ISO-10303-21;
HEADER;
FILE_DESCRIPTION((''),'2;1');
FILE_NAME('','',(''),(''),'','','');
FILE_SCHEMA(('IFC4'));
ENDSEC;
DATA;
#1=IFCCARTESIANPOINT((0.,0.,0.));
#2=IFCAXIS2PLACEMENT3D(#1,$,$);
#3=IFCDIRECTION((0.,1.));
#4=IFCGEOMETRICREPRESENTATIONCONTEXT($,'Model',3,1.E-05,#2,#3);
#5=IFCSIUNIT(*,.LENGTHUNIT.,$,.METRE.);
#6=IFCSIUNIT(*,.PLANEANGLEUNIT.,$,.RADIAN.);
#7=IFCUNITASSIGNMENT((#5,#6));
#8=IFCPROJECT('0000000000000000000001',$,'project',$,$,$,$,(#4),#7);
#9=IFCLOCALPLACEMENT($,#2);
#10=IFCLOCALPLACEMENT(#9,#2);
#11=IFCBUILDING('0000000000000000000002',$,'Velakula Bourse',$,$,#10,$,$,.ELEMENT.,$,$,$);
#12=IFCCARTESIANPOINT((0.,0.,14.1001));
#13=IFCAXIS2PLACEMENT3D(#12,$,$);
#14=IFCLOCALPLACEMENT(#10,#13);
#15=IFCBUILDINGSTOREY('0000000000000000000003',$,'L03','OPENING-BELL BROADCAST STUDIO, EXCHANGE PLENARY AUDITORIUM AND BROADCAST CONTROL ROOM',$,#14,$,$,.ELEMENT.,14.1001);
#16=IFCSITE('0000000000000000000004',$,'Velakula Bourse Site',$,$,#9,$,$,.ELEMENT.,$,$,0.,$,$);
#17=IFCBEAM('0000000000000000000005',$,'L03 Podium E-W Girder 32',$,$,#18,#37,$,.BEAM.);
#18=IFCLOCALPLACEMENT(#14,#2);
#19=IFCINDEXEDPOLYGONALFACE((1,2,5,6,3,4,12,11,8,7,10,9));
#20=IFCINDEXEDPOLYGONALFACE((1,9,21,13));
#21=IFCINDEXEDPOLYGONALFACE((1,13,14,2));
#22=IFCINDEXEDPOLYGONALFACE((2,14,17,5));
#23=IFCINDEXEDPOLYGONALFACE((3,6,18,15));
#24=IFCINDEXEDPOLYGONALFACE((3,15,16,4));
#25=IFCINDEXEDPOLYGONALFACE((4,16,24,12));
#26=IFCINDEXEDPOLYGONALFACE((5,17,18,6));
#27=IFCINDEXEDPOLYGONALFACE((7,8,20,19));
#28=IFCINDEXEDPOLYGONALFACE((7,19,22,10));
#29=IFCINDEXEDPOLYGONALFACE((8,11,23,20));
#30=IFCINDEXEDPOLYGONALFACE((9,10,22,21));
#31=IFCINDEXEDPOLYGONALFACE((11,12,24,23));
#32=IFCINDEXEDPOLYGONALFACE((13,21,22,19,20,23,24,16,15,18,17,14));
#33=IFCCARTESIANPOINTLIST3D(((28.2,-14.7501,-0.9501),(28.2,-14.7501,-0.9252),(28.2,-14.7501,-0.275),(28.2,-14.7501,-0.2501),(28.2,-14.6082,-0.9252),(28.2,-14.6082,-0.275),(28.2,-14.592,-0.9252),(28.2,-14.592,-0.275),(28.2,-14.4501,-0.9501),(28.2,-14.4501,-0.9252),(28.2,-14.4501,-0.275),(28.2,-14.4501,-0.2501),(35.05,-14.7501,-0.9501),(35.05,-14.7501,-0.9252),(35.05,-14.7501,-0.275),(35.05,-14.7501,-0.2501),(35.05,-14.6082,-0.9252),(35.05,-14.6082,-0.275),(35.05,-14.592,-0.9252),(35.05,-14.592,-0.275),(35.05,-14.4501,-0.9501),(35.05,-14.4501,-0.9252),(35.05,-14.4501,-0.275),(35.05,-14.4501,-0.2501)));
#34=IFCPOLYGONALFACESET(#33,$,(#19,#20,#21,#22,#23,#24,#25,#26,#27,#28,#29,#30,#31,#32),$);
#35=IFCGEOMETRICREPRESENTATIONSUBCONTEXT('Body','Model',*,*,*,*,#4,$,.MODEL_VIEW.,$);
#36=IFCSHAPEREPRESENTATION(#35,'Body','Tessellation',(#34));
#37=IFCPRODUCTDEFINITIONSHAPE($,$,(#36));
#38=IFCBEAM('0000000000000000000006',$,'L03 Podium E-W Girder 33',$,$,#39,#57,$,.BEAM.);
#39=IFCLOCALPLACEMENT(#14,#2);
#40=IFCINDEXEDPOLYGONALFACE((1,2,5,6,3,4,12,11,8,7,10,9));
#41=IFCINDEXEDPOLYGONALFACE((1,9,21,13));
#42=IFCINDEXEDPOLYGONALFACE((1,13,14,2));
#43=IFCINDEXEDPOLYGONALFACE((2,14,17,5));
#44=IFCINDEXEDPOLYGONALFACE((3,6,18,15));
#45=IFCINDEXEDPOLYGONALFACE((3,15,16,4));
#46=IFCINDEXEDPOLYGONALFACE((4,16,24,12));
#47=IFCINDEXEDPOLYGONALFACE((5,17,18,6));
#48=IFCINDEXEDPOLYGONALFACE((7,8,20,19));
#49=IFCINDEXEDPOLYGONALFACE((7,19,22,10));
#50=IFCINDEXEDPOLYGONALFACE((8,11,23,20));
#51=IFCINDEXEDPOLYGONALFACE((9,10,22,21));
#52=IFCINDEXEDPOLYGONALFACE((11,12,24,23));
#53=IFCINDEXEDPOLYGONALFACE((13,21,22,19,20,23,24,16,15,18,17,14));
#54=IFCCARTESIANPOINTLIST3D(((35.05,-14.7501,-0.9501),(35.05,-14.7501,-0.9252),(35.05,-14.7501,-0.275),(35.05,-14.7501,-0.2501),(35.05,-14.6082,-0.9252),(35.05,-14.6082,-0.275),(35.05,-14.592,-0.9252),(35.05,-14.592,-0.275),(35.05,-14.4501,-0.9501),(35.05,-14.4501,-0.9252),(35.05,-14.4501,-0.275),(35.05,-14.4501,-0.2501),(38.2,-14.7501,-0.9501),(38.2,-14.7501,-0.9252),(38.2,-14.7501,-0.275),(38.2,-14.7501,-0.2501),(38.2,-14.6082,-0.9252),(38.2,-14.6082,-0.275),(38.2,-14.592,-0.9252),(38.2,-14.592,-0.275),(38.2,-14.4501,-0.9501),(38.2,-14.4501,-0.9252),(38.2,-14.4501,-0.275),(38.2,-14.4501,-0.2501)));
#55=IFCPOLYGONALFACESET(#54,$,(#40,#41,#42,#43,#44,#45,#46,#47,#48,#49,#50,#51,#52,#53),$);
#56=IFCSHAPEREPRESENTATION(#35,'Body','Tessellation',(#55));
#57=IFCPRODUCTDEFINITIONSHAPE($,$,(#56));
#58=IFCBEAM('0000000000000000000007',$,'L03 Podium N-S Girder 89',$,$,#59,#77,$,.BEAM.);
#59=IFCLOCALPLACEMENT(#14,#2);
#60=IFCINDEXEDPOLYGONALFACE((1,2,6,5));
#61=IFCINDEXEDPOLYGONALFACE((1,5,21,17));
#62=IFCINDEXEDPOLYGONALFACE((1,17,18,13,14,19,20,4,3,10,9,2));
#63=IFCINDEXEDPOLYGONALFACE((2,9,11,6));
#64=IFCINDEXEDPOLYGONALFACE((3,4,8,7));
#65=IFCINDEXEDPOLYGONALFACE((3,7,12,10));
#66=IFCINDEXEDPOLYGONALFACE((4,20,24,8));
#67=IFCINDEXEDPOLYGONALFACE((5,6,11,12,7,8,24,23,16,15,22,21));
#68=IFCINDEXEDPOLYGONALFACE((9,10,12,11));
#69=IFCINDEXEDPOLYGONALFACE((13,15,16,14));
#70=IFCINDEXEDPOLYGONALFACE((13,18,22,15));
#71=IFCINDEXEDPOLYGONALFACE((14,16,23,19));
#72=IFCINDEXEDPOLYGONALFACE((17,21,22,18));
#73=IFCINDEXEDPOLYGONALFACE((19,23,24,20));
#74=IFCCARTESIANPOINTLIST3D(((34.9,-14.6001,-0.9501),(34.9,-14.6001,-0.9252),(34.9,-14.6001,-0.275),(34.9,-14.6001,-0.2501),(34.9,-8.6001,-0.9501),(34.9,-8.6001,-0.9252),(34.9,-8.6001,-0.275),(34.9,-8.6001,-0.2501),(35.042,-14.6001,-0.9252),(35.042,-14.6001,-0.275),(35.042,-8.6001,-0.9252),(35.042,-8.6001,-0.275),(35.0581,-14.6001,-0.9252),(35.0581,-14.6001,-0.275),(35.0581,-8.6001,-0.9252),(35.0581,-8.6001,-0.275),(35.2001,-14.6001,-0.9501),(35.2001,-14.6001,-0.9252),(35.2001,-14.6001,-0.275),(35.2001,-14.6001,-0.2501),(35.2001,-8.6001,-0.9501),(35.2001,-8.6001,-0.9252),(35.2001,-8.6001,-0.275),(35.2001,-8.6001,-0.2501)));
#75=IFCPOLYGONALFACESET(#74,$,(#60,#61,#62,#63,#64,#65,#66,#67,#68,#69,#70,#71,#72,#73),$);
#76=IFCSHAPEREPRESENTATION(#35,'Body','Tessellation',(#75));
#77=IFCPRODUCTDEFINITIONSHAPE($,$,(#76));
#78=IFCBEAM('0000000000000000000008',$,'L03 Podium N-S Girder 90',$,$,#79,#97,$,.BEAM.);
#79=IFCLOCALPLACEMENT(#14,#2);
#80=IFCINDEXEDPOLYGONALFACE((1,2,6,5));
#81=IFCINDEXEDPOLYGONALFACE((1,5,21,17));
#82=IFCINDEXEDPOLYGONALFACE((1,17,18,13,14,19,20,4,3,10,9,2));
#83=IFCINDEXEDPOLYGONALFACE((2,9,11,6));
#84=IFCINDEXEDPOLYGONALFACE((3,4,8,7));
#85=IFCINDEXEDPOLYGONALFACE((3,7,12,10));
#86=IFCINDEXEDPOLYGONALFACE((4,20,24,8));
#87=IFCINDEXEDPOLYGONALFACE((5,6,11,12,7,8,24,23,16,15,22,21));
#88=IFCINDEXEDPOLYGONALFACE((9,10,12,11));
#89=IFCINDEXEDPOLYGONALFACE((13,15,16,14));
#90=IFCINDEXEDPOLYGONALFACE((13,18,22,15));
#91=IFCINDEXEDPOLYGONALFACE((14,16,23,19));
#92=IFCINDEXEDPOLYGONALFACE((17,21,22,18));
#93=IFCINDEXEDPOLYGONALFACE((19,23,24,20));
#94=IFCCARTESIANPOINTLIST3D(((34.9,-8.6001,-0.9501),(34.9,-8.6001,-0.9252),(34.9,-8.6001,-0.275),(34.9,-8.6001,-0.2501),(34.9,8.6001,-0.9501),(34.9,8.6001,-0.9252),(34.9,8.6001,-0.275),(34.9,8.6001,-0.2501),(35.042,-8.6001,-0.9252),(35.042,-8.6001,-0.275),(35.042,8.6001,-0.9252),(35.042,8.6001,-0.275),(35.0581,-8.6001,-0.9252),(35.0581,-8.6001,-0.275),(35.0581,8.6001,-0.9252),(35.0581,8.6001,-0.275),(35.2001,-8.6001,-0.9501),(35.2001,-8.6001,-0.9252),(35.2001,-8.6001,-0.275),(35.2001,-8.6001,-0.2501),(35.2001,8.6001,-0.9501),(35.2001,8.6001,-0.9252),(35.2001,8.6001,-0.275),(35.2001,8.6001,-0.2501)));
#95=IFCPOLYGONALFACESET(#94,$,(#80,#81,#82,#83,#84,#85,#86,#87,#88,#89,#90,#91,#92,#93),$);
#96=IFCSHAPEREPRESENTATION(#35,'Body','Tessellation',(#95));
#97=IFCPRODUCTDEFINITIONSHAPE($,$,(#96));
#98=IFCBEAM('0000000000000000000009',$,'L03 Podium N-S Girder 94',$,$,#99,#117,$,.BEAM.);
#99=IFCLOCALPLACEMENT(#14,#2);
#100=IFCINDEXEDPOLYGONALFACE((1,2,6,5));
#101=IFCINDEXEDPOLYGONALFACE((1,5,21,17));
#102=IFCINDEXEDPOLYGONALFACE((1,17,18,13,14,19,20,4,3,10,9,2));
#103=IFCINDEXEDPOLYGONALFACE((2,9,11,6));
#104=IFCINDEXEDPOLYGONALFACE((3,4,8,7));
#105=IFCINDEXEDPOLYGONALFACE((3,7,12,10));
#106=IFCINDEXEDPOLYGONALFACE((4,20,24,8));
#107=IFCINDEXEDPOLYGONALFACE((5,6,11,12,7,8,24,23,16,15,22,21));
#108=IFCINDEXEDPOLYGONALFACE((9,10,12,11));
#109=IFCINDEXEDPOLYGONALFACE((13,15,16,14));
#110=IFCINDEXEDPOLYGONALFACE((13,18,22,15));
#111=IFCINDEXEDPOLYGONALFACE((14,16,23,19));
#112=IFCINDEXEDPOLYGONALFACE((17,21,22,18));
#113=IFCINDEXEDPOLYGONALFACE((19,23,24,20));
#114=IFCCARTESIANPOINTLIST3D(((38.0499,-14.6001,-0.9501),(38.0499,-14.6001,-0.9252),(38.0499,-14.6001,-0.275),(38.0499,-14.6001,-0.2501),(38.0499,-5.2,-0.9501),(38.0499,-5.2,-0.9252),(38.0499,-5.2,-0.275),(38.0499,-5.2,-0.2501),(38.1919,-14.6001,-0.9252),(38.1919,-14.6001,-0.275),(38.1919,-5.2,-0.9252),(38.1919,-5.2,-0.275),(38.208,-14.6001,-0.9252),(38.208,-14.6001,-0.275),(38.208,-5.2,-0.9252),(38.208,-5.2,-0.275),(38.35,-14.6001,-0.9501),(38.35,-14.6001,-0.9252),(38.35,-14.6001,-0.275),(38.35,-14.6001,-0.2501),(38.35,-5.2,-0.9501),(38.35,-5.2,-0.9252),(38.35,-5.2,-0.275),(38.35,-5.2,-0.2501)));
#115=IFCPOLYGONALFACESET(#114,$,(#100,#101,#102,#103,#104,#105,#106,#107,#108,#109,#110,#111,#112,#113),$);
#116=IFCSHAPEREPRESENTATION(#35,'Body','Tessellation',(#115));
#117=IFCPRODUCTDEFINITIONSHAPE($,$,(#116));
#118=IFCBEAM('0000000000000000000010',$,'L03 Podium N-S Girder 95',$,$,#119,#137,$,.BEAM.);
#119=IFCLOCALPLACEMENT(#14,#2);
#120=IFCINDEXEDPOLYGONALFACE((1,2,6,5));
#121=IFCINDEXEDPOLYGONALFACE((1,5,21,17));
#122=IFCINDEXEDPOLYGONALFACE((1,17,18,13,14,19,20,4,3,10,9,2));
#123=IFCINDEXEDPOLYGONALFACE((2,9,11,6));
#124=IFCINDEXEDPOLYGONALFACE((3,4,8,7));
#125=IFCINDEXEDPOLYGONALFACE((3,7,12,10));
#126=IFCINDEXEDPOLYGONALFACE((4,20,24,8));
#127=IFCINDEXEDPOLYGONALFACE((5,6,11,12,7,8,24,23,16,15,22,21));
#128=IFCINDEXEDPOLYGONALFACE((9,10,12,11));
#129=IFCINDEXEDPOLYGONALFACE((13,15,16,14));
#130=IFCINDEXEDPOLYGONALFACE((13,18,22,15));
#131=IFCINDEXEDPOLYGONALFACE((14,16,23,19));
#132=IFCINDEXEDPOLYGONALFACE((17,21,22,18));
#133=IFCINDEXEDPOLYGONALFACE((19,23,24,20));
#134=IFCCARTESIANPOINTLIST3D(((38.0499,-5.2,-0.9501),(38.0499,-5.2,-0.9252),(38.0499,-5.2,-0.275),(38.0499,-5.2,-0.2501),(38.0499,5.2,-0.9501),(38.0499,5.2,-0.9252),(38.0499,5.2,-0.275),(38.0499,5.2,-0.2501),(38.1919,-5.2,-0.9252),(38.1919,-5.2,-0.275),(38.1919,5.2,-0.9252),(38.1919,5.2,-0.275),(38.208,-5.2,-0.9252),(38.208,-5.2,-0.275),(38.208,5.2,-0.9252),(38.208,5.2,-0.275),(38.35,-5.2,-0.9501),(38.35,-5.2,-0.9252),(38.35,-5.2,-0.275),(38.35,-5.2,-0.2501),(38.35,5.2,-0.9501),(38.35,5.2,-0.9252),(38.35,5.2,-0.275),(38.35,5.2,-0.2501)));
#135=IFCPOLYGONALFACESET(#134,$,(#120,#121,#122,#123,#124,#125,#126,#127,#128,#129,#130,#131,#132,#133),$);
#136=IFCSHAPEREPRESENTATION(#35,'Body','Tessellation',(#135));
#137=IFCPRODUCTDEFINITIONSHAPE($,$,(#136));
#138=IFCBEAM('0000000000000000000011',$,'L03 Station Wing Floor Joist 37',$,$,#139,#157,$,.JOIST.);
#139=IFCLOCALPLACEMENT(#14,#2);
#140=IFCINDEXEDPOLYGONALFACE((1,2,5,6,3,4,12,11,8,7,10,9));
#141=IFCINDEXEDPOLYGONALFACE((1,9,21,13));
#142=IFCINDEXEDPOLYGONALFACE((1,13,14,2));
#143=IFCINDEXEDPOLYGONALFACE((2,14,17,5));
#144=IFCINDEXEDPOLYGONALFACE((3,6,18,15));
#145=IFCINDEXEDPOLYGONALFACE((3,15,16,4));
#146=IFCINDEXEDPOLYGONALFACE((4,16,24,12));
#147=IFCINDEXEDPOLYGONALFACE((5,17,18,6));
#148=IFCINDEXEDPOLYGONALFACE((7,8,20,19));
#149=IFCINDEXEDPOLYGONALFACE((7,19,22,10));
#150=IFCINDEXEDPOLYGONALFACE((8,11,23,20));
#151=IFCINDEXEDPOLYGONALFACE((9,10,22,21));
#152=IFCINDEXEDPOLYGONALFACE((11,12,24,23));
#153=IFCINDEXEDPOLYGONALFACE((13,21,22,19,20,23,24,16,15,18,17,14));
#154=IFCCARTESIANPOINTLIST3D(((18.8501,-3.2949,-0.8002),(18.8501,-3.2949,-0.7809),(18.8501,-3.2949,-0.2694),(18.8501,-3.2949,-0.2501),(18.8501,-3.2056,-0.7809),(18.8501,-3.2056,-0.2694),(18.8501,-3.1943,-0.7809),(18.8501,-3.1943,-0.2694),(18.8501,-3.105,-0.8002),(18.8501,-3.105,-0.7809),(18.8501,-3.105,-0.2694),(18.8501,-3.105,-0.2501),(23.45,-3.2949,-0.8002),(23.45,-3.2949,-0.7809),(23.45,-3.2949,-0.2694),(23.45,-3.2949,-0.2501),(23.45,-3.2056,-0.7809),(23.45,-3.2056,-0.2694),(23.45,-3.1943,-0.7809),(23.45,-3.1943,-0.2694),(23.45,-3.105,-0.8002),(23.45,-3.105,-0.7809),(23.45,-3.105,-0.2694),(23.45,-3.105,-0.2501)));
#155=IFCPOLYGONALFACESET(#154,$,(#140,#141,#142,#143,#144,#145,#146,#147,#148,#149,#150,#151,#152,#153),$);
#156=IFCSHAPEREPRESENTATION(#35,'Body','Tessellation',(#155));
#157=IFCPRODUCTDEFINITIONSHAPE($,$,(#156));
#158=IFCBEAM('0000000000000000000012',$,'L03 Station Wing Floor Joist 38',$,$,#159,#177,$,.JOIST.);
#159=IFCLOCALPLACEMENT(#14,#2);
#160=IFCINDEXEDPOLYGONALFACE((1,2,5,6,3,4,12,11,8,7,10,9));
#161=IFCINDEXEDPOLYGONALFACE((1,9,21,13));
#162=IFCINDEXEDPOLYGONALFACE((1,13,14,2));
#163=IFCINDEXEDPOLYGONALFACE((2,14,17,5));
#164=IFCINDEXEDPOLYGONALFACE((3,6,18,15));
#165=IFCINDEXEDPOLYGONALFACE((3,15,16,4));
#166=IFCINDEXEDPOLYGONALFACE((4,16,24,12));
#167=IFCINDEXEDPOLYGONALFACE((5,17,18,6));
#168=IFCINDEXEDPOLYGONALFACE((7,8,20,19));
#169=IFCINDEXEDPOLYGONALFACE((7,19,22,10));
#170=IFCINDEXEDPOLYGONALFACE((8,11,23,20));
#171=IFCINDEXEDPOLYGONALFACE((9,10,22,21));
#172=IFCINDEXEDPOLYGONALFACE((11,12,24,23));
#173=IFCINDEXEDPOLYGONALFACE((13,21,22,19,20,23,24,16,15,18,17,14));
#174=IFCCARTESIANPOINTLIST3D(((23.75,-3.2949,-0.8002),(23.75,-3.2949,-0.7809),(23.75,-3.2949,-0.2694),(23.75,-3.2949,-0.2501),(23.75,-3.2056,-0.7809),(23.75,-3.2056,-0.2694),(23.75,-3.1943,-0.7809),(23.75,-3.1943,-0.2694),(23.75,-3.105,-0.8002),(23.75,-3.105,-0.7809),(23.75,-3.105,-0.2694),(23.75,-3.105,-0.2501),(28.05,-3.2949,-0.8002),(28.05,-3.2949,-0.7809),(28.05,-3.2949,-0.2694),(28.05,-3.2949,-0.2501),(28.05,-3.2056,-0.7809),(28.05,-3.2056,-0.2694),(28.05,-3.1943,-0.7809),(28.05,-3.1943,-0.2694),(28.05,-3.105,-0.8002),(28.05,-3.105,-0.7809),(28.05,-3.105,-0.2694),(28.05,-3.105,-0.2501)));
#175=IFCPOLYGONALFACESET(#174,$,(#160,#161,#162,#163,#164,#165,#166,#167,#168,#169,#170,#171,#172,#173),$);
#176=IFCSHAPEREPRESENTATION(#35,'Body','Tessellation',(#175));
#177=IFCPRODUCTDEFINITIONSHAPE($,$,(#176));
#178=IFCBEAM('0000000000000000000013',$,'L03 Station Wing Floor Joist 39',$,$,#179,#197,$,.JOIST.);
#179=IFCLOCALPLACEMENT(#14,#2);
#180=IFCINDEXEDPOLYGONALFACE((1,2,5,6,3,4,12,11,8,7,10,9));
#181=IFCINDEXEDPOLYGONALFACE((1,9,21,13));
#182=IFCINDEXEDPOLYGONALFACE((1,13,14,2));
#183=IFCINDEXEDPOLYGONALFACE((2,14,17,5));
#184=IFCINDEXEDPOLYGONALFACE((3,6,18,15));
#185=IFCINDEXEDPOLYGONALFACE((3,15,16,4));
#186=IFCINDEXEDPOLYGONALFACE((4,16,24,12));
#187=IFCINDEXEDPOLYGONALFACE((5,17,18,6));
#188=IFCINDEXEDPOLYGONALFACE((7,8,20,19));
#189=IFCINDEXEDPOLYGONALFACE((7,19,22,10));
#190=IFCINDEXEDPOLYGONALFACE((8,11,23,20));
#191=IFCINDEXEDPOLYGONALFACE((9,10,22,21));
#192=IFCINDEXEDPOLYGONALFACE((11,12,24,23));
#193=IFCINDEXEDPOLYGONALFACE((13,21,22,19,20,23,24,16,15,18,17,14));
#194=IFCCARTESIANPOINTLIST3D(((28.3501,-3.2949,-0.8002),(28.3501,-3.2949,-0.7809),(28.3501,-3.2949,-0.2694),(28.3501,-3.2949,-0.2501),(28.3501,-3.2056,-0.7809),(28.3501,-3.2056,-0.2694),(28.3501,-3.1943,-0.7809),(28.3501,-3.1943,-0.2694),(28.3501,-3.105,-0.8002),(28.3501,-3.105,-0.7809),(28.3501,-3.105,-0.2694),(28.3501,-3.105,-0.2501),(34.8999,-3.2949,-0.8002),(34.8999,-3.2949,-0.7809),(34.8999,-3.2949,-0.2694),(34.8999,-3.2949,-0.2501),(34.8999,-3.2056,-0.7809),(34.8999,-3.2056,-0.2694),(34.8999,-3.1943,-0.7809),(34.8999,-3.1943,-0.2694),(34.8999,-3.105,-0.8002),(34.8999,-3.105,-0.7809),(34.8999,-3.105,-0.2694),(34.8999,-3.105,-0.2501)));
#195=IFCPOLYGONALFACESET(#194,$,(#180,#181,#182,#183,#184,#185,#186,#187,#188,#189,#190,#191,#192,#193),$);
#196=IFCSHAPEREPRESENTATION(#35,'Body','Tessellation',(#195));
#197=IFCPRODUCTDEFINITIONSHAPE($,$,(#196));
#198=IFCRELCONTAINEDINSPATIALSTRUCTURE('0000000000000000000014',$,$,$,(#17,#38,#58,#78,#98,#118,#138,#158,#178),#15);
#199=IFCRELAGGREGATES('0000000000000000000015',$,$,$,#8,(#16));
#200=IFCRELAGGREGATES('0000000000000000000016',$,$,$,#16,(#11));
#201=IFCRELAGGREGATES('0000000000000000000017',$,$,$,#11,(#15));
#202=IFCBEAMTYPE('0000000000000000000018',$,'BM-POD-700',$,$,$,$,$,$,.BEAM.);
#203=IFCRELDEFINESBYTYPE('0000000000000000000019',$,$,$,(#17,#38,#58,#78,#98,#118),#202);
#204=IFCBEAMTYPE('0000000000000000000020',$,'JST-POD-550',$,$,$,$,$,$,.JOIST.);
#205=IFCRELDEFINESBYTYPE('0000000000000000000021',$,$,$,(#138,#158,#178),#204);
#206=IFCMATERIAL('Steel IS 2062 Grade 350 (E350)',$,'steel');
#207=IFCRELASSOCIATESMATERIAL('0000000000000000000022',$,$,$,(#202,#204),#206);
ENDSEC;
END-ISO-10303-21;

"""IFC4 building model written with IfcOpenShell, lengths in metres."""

from ifc_helpers import new_model, si_unit, direction, frame, origin, origin_2d, place, context, subcontext, project, spatial, i_section, extrude, material, material_profile, profile_set, type_object, element, save


model = new_model("IFC4")

# Units and contexts
model_context = context("Model", 3, precision=1e-05, world=origin(), true_north=direction((0.0, 1.0)))
body_context = subcontext(model_context, "Body", "Model", "MODEL_VIEW")
ifc_project = project(units=[si_unit("LENGTHUNIT", "METRE"), si_unit("PLANEANGLEUNIT", "RADIAN")], contexts=[model_context])

# Site, building, storey
site_placement = place(None, origin())
site = spatial("IfcSite", under=ifc_project, at=site_placement, Name="Velakula Bourse Site", CompositionType="ELEMENT", RefElevation=0.0)
building_placement = place(site_placement, origin())
building = spatial("IfcBuilding", under=site, at=building_placement, Name="Velakula Bourse", CompositionType="ELEMENT")
storey_placement = place(building_placement, frame((0.0, 0.0, 14.1001)))
storey = spatial("IfcBuildingStorey", under=building, at=storey_placement, Name="L03", Description="OPENING-BELL BROADCAST STUDIO, EXCHANGE PLENARY AUDITORIUM AND BROADCAST CONTROL ROOM", CompositionType="ELEMENT", Elevation=14.1001)

# Beams
ifc_material_1 = material(Name="Steel IS 2062 Grade 350 (E350)", Category="steel")
ifc_material_profile_1 = material_profile(ifc_material_1, i_section(OverallWidth=0.3, OverallDepth=0.7, WebThickness=0.0161, FlangeThickness=0.0249, at=origin_2d()), Name="Steel IS 2062 Grade 350 (E350)")
ifc_profile_set_1 = profile_set([ifc_material_profile_1], Name="Steel IS 2062 Grade 350 (E350)")
beam_type_1 = type_object("IfcBeamType", Name="BM-POD-700", PredefinedType="BEAM", material=ifc_profile_set_1)
beam_1_placement = place(storey_placement, frame((28.2, -14.6001, -0.6001), z_axis=(1.0, 0.0, 0.0), x_axis=(0.0, 1.0, 0.0)))
element("IfcBeam", 1, at=beam_1_placement, inside=storey, type_object=beam_type_1, Name="L03 Podium E-W Girder 32", PredefinedType="BEAM", context=body_context, shape_type="SweptSolid", body=[
    extrude(i_section(OverallWidth=0.3, OverallDepth=0.7, WebThickness=0.0161, FlangeThickness=0.0249, at=origin_2d()), origin(), (0.0, 0.0, 1.0), 6.8501),
])
beam_2_placement = place(storey_placement, frame((35.05, -14.6001, -0.6001), z_axis=(1.0, 0.0, 0.0), x_axis=(0.0, 1.0, 0.0)))
element("IfcBeam", 2, at=beam_2_placement, inside=storey, type_object=beam_type_1, Name="L03 Podium E-W Girder 33", PredefinedType="BEAM", context=body_context, shape_type="SweptSolid", body=[
    extrude(i_section(OverallWidth=0.3, OverallDepth=0.7, WebThickness=0.0161, FlangeThickness=0.0249, at=origin_2d()), origin(), (0.0, 0.0, 1.0), 3.1499),
])
beam_3_placement = place(storey_placement, frame((35.05, -14.6001, -0.6001), z_axis=(0.0, 1.0, 0.0), x_axis=(-1.0, 0.0, 0.0)))
element("IfcBeam", 3, at=beam_3_placement, inside=storey, type_object=beam_type_1, Name="L03 Podium N-S Girder 89", PredefinedType="BEAM", context=body_context, shape_type="SweptSolid", body=[
    extrude(i_section(OverallWidth=0.3, OverallDepth=0.7, WebThickness=0.0161, FlangeThickness=0.0249, at=origin_2d()), origin(), (0.0, 0.0, 1.0), 6.0),
])
beam_4_placement = place(storey_placement, frame((35.05, -8.6001, -0.6001), z_axis=(0.0, 1.0, 0.0), x_axis=(-1.0, 0.0, 0.0)))
element("IfcBeam", 4, at=beam_4_placement, inside=storey, type_object=beam_type_1, Name="L03 Podium N-S Girder 90", PredefinedType="BEAM", context=body_context, shape_type="SweptSolid", body=[
    extrude(i_section(OverallWidth=0.3, OverallDepth=0.7, WebThickness=0.0161, FlangeThickness=0.0249, at=origin_2d()), origin(), (0.0, 0.0, 1.0), 17.2002),
])
beam_5_placement = place(storey_placement, frame((38.2, -14.6001, -0.6001), z_axis=(0.0, 1.0, 0.0), x_axis=(-1.0, 0.0, 0.0)))
element("IfcBeam", 5, at=beam_5_placement, inside=storey, type_object=beam_type_1, Name="L03 Podium N-S Girder 94", PredefinedType="BEAM", context=body_context, shape_type="SweptSolid", body=[
    extrude(i_section(OverallWidth=0.3, OverallDepth=0.7, WebThickness=0.0161, FlangeThickness=0.0249, at=origin_2d()), origin(), (0.0, 0.0, 1.0), 9.4001),
])
beam_6_placement = place(storey_placement, frame((38.2, -5.2, -0.6001), z_axis=(0.0, 1.0, 0.0), x_axis=(-1.0, 0.0, 0.0)))
element("IfcBeam", 6, at=beam_6_placement, inside=storey, type_object=beam_type_1, Name="L03 Podium N-S Girder 95", PredefinedType="BEAM", context=body_context, shape_type="SweptSolid", body=[
    extrude(i_section(OverallWidth=0.3, OverallDepth=0.7, WebThickness=0.0161, FlangeThickness=0.0249, at=origin_2d()), origin(), (0.0, 0.0, 1.0), 10.3999),
])
ifc_material_profile_2 = material_profile(ifc_material_1, i_section(OverallWidth=0.1899, OverallDepth=0.55, WebThickness=0.0112, FlangeThickness=0.0193, at=origin_2d()), Name="Steel IS 2062 Grade 350 (E350)")
ifc_profile_set_2 = profile_set([ifc_material_profile_2], Name="Steel IS 2062 Grade 350 (E350)")
beam_type_2 = type_object("IfcBeamType", Name="JST-POD-550", PredefinedType="JOIST", material=ifc_profile_set_2)
beam_7_placement = place(storey_placement, frame((18.8501, -3.2, -0.5251), z_axis=(1.0, 0.0, 0.0), x_axis=(0.0, 1.0, 0.0)))
element("IfcBeam", 7, at=beam_7_placement, inside=storey, type_object=beam_type_2, Name="L03 Station Wing Floor Joist 37", PredefinedType="JOIST", context=body_context, shape_type="SweptSolid", body=[
    extrude(i_section(OverallWidth=0.1899, OverallDepth=0.55, WebThickness=0.0112, FlangeThickness=0.0193, at=origin_2d()), origin(), (0.0, 0.0, 1.0), 4.5999),
])
beam_8_placement = place(storey_placement, frame((23.75, -3.2, -0.5251), z_axis=(1.0, 0.0, 0.0), x_axis=(0.0, 1.0, 0.0)))
element("IfcBeam", 8, at=beam_8_placement, inside=storey, type_object=beam_type_2, Name="L03 Station Wing Floor Joist 38", PredefinedType="JOIST", context=body_context, shape_type="SweptSolid", body=[
    extrude(i_section(OverallWidth=0.1899, OverallDepth=0.55, WebThickness=0.0112, FlangeThickness=0.0193, at=origin_2d()), origin(), (0.0, 0.0, 1.0), 4.3),
])
beam_9_placement = place(storey_placement, frame((28.3501, -3.2, -0.5251), z_axis=(1.0, 0.0, 0.0), x_axis=(0.0, 1.0, 0.0)))
element("IfcBeam", 9, at=beam_9_placement, inside=storey, type_object=beam_type_2, Name="L03 Station Wing Floor Joist 39", PredefinedType="JOIST", context=body_context, shape_type="SweptSolid", body=[
    extrude(i_section(OverallWidth=0.1899, OverallDepth=0.55, WebThickness=0.0112, FlangeThickness=0.0193, at=origin_2d()), origin(), (0.0, 0.0, 1.0), 6.5498),
])

save(model, "model.ifc")
